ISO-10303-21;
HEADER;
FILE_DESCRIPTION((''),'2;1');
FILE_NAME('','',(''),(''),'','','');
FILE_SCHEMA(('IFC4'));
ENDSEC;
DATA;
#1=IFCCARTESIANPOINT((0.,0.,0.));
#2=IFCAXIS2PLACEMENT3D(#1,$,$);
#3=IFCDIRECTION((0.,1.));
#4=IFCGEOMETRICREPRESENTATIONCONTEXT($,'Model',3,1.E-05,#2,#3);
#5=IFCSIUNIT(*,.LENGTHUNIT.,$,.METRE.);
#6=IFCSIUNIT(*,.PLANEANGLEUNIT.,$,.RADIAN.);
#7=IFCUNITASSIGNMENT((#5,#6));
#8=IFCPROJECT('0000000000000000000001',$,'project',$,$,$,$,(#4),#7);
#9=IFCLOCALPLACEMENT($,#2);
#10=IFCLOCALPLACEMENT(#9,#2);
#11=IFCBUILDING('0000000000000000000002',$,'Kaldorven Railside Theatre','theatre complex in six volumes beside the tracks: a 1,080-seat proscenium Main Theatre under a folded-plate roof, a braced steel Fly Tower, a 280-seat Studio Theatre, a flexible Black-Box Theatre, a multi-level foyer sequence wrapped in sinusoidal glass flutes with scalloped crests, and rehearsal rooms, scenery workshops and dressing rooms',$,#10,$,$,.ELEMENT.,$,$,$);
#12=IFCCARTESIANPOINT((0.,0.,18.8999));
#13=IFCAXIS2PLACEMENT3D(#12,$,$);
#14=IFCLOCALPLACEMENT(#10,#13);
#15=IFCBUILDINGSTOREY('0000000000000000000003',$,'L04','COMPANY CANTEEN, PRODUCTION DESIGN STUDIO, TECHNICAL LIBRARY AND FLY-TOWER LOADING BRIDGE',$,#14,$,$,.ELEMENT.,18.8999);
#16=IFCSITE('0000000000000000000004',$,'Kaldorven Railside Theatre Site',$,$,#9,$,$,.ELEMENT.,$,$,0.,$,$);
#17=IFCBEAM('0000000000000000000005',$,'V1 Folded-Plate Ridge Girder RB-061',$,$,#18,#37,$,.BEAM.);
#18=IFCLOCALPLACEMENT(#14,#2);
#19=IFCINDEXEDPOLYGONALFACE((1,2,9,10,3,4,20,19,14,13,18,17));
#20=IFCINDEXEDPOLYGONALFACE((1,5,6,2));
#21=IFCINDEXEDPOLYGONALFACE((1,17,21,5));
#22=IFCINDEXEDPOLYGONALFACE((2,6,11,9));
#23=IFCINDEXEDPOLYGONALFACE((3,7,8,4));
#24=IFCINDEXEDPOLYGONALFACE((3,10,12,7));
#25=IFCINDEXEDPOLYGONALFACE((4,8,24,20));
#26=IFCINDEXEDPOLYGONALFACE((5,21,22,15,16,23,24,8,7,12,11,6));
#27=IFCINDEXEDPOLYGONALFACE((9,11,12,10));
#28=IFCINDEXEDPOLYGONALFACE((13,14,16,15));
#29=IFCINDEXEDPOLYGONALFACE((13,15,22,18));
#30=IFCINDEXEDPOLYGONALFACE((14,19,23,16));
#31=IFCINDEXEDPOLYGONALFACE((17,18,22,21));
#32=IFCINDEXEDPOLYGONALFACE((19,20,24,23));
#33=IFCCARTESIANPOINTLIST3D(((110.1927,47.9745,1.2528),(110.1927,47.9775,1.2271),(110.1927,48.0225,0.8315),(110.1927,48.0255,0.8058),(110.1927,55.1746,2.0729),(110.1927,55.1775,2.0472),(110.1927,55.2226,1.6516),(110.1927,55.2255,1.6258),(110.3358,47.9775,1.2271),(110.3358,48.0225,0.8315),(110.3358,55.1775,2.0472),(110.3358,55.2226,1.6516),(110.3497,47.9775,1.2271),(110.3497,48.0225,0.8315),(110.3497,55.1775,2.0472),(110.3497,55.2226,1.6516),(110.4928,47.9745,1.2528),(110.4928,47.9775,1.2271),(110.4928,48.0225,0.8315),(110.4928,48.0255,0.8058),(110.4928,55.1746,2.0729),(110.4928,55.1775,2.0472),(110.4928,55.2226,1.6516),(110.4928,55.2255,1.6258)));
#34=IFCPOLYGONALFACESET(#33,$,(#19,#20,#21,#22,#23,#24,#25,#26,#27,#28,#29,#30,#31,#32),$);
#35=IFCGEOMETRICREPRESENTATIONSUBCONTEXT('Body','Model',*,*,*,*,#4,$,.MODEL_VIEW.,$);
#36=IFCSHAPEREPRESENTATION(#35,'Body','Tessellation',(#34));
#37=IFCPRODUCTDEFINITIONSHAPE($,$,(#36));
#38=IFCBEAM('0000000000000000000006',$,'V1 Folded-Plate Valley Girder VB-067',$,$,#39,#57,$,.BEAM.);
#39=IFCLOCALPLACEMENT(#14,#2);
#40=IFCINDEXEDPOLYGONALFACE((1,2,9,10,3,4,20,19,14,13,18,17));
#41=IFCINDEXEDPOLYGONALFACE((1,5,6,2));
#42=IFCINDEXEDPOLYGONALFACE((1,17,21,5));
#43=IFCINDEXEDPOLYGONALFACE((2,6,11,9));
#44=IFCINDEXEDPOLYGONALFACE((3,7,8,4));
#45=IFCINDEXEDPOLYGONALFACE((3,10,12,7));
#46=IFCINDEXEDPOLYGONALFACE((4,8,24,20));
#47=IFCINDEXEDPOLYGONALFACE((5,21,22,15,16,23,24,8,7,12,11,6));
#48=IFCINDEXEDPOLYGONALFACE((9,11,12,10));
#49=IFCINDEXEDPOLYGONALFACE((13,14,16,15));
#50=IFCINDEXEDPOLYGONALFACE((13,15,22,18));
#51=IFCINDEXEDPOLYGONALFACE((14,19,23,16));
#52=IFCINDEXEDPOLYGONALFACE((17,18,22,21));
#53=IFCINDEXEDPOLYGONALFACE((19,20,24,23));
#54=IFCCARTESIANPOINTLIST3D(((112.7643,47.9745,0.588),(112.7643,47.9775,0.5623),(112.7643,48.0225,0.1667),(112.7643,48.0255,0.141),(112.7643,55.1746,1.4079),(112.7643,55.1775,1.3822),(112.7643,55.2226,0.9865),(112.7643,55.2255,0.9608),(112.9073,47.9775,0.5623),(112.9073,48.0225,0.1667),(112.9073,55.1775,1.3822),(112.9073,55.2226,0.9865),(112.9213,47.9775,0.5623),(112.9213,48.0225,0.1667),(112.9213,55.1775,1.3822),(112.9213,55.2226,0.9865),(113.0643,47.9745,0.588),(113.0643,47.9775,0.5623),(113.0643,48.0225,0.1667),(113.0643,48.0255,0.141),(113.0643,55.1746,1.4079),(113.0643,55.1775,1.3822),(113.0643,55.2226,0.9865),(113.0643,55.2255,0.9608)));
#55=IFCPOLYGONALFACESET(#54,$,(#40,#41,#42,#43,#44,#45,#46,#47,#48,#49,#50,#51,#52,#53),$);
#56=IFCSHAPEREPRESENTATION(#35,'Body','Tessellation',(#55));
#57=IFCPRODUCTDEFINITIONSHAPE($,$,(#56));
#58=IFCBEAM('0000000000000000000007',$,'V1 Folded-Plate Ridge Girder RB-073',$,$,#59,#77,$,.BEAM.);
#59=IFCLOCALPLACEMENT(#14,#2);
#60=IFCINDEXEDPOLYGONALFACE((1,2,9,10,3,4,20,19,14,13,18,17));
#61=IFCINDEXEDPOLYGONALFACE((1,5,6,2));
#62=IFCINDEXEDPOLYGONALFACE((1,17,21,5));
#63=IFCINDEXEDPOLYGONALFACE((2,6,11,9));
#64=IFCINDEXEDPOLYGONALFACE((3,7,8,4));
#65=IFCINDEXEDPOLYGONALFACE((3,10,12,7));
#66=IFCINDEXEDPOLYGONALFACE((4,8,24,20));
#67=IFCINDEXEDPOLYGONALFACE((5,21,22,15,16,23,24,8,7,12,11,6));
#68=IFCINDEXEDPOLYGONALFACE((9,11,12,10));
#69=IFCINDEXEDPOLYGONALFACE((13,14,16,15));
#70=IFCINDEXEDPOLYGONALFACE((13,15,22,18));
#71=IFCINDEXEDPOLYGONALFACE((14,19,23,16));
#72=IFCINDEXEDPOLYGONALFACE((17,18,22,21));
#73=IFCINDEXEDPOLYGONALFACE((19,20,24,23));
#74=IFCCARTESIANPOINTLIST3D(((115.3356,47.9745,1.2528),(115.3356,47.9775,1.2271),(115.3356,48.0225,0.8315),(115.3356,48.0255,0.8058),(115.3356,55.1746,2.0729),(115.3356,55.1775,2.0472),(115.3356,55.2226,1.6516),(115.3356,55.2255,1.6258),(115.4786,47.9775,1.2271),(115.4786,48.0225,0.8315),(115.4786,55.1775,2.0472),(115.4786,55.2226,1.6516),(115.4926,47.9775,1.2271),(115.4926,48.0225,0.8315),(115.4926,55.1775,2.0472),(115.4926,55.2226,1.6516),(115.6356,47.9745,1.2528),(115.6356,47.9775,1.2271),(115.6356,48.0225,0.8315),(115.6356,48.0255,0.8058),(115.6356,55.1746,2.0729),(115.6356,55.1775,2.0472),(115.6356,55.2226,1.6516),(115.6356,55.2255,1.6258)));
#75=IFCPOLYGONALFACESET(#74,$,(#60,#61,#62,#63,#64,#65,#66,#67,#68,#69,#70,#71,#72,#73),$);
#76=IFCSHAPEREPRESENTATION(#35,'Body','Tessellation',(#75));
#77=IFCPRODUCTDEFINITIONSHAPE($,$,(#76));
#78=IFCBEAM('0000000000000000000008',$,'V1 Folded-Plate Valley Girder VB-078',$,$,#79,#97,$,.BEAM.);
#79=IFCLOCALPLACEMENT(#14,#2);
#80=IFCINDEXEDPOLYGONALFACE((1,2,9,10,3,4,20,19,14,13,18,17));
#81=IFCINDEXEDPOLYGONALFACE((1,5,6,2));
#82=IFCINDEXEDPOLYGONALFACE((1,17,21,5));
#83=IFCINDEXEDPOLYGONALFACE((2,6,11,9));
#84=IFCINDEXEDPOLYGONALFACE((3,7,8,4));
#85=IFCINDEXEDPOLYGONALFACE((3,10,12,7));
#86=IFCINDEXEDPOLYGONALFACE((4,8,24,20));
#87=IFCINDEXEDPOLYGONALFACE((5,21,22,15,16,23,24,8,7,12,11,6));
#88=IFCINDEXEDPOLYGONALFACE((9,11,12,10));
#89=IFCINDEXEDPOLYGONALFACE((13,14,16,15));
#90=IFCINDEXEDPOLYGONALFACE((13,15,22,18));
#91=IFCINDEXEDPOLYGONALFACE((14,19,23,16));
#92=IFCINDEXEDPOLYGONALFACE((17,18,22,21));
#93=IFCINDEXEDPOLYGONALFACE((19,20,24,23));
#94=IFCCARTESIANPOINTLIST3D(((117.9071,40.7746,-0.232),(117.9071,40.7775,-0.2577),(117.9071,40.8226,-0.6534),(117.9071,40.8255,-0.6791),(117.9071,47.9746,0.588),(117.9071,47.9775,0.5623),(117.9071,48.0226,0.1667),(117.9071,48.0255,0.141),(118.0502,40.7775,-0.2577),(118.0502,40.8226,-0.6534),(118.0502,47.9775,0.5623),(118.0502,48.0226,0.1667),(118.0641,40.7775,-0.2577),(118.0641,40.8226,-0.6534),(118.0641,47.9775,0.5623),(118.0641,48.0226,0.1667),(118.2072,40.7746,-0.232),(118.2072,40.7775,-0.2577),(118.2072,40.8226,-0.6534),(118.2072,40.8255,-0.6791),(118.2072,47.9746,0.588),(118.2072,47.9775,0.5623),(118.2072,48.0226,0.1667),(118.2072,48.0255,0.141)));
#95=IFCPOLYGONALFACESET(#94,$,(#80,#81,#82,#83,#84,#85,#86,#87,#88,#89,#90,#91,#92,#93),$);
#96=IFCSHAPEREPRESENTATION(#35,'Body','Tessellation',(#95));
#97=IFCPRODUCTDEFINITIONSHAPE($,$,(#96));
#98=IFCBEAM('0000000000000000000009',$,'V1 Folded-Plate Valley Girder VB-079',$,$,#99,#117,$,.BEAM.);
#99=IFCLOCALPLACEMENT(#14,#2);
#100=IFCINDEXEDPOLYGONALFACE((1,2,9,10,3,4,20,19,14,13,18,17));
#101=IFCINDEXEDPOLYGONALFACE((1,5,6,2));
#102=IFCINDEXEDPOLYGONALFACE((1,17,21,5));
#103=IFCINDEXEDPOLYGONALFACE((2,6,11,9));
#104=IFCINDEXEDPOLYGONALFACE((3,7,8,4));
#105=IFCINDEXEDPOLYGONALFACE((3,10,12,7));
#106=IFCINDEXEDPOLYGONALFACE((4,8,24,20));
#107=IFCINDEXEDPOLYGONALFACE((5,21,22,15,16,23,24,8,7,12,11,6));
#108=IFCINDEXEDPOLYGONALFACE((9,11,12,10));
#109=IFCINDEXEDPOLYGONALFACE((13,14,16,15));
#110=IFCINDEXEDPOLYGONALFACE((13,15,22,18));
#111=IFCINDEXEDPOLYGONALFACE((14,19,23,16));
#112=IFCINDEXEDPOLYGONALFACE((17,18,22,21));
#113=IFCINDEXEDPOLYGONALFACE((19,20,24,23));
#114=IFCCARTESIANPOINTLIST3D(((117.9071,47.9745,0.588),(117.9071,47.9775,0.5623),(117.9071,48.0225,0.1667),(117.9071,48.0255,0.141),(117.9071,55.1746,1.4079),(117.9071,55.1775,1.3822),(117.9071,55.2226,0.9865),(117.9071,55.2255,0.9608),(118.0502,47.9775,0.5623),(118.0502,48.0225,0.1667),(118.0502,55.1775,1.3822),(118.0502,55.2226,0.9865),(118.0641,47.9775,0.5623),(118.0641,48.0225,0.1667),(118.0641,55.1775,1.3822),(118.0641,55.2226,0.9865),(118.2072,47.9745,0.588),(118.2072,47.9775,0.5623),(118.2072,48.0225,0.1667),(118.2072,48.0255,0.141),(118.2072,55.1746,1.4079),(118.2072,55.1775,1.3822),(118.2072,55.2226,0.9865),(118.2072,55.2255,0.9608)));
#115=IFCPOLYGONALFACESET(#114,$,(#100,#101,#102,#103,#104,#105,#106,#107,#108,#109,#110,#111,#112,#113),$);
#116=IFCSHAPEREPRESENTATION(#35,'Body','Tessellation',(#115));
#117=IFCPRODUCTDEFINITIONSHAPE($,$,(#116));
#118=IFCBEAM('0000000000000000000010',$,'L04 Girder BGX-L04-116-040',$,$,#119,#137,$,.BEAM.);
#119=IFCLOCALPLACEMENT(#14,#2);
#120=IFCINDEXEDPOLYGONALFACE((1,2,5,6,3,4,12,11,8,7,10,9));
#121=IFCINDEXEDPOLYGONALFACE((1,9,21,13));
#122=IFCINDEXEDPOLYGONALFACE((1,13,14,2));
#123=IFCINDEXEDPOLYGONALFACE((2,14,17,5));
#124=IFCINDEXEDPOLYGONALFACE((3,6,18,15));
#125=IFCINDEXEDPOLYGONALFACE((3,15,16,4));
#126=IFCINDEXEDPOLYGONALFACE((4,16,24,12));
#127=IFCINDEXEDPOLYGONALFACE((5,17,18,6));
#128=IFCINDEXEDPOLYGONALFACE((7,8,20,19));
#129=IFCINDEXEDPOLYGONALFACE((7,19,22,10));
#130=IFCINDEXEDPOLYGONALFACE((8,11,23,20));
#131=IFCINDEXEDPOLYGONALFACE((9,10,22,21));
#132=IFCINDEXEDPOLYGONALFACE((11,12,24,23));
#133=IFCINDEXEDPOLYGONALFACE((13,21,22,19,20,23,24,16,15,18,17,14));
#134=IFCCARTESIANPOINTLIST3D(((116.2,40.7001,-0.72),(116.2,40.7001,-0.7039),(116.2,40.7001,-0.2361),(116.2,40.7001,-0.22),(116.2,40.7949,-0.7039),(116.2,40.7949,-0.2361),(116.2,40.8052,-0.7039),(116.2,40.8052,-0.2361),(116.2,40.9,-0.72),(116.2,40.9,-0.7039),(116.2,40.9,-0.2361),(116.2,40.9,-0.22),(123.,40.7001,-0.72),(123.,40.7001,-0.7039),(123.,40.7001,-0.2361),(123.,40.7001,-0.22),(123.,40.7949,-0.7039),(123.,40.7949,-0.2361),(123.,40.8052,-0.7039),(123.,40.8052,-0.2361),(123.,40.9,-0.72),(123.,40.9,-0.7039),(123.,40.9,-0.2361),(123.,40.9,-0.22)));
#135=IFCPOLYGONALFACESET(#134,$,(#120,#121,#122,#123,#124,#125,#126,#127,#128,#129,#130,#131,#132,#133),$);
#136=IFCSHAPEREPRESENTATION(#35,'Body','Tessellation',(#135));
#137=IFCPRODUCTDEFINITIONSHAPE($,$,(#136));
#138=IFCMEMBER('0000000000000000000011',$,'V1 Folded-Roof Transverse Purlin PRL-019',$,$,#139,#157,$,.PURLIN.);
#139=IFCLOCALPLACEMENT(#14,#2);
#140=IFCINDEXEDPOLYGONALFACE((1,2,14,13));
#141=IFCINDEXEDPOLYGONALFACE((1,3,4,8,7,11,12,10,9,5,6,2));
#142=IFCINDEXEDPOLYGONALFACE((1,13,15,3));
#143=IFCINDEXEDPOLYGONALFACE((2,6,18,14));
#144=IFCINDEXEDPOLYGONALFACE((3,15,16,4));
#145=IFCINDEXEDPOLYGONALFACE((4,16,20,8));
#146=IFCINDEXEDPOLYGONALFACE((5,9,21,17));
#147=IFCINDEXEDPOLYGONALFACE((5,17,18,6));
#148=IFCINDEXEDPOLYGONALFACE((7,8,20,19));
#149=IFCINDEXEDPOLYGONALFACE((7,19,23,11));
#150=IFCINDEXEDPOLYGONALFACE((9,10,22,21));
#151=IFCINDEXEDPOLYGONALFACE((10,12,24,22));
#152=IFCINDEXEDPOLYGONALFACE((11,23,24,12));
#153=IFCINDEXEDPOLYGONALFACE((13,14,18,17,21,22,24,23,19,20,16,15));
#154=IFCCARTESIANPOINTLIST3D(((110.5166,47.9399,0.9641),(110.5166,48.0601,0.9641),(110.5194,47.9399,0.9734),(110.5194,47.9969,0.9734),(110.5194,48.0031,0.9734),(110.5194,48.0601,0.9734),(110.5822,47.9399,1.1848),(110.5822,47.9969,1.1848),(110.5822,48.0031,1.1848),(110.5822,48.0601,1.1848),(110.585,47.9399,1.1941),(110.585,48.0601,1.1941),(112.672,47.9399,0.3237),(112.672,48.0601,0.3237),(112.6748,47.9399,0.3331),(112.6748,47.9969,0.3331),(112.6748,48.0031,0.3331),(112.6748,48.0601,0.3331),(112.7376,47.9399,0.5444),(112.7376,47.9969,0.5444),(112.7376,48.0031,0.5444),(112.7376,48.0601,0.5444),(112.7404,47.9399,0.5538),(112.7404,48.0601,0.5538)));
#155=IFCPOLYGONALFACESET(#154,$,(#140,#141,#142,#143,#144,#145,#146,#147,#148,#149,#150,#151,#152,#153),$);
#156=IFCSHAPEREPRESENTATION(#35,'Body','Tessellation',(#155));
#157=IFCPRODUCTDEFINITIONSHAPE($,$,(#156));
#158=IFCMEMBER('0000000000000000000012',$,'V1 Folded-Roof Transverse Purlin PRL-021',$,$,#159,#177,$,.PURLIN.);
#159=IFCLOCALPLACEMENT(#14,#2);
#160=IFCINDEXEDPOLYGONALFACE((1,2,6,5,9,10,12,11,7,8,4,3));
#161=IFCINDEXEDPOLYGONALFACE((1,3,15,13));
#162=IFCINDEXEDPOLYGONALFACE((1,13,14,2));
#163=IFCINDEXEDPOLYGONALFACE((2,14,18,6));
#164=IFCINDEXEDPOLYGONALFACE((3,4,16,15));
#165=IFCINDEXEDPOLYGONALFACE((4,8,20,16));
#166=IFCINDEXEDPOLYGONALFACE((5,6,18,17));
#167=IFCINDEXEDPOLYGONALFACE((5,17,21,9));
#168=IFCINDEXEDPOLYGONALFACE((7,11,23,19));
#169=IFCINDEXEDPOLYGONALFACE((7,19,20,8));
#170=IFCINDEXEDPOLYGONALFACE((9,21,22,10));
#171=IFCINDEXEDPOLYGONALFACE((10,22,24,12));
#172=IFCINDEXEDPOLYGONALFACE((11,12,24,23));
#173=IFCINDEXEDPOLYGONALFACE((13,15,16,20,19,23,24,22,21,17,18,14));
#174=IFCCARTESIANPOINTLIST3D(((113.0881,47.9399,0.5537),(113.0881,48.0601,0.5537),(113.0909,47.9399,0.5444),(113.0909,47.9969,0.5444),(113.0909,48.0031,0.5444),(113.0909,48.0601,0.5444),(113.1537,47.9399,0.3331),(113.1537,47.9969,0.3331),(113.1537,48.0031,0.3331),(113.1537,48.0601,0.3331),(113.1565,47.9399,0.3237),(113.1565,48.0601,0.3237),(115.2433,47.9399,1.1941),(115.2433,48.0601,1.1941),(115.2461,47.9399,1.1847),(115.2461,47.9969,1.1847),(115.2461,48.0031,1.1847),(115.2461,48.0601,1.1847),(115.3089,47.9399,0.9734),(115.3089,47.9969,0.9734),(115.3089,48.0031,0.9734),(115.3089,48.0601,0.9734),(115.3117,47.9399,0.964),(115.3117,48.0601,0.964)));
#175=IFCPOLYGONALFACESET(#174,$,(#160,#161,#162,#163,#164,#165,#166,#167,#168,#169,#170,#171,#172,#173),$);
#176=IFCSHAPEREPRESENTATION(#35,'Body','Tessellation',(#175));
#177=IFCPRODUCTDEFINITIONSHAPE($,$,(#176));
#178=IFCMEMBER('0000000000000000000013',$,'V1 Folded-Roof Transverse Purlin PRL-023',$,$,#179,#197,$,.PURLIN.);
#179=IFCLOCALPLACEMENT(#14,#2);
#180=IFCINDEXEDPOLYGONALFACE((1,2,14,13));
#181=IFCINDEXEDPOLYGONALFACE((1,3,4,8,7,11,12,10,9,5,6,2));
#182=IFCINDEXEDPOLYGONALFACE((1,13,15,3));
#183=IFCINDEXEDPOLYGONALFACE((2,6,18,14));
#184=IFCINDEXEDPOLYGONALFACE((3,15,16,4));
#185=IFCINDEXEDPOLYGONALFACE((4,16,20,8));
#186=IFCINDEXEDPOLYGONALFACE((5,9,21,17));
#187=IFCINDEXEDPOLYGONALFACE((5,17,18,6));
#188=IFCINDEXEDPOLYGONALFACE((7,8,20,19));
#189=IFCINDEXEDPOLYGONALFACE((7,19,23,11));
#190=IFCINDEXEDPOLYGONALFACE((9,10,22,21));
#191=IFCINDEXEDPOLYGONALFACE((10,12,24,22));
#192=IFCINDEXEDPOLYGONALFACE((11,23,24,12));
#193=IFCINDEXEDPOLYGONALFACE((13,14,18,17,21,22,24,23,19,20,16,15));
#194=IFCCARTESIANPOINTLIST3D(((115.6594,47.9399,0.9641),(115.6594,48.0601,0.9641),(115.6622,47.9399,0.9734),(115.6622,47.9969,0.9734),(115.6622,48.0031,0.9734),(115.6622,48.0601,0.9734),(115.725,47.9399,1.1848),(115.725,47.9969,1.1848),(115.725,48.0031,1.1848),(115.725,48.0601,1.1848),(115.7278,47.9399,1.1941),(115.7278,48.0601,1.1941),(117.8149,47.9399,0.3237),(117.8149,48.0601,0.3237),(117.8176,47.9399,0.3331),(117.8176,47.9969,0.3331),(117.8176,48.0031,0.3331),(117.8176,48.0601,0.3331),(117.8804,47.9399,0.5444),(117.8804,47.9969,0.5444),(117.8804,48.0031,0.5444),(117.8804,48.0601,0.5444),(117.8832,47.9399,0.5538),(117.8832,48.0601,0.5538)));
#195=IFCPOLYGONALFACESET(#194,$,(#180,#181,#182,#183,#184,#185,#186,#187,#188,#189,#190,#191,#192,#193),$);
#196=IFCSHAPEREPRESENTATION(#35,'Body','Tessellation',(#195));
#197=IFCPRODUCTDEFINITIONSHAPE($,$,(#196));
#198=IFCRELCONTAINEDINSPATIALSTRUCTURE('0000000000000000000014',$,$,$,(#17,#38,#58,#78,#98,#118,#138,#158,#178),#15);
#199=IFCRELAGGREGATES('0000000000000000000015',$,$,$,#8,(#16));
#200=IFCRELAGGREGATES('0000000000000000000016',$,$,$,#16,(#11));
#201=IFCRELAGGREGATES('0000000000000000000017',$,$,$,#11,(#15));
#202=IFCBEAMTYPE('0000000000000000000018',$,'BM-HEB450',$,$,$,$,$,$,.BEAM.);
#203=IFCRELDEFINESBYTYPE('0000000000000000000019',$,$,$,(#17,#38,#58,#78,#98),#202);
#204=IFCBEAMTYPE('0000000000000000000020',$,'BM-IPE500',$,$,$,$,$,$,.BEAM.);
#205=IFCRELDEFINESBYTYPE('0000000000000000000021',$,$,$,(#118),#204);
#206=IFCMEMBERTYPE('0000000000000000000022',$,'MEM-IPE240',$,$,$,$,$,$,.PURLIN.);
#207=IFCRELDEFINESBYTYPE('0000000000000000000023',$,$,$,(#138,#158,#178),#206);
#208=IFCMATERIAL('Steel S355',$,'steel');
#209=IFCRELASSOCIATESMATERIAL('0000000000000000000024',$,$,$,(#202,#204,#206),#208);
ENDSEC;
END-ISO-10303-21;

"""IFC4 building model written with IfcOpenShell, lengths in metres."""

from ifc_helpers import new_model, si_unit, direction, frame, origin, origin_2d, place, context, subcontext, project, spatial, i_section, extrude, material, material_profile, profile_set, type_object, element, save


model = new_model("IFC4")

# Units and contexts
model_context = context("Model", 3, precision=1e-05, world=origin(), true_north=direction((0.0, 1.0)))
body_context = subcontext(model_context, "Body", "Model", "MODEL_VIEW")
ifc_project = project(units=[si_unit("LENGTHUNIT", "METRE"), si_unit("PLANEANGLEUNIT", "RADIAN")], contexts=[model_context])

# Site, building, storey
site_placement = place(None, origin())
site = spatial("IfcSite", under=ifc_project, at=site_placement, Name="Kaldorven Railside Theatre Site", CompositionType="ELEMENT", RefElevation=0.0)
building_placement = place(site_placement, origin())
building = spatial("IfcBuilding", under=site, at=building_placement, Name="Kaldorven Railside Theatre", Description="theatre complex in six volumes beside the tracks: a 1,080-seat proscenium Main Theatre under a folded-plate roof, a braced steel Fly Tower, a 280-seat Studio Theatre, a flexible Black-Box Theatre, a multi-level foyer sequence wrapped in sinusoidal glass flutes with scalloped crests, and rehearsal rooms, scenery workshops and dressing rooms", CompositionType="ELEMENT")
storey_placement = place(building_placement, frame((0.0, 0.0, 18.8999)))
storey = spatial("IfcBuildingStorey", under=building, at=storey_placement, Name="L04", Description="COMPANY CANTEEN, PRODUCTION DESIGN STUDIO, TECHNICAL LIBRARY AND FLY-TOWER LOADING BRIDGE", CompositionType="ELEMENT", Elevation=18.8999)

# Beams
ifc_material_1 = material(Name="Steel S355", Category="steel")
ifc_material_profile_1 = material_profile(ifc_material_1, i_section(OverallWidth=0.3, OverallDepth=0.45, WebThickness=0.0139, FlangeThickness=0.0259, at=origin_2d()), Name="HEB 450")
ifc_profile_set_1 = profile_set([ifc_material_profile_1], Name="Steel S355")
beam_type_1 = type_object("IfcBeamType", Name="BM-HEB450", PredefinedType="BEAM", material=ifc_profile_set_1)
for number, where, z_axis, x_axis, name in (
    (1, (110.3428, 48.0, 1.0293), (0.0, 0.993576, 0.113167), (-1.0, 0.0, 0.0), "V1 Folded-Plate Ridge Girder RB-061"),
    (2, (112.9143, 48.0, 0.3645), (0.0, 0.99358, 0.113134), (-1.0, 0.0, 0.0), "V1 Folded-Plate Valley Girder VB-067"),
    (3, (115.4856, 48.0, 1.0293), (0.0, 0.993576, 0.113167), (-1.0, 0.0, 0.0), "V1 Folded-Plate Ridge Girder RB-073"),
    (4, (118.0571, 40.8, -0.4556), (0.0, 0.993576, 0.113167), (-1.0, 0.0, 0.0), "V1 Folded-Plate Valley Girder VB-078"),
    (5, (118.0571, 48.0, 0.3645), (0.0, 0.99358, 0.113134), (-1.0, 0.0, 0.0), "V1 Folded-Plate Valley Girder VB-079"),
):
    element("IfcBeam", number, at=place(storey_placement, frame(where, z_axis=z_axis, x_axis=x_axis)), inside=storey, type_object=beam_type_1, Name=name, PredefinedType="BEAM", context=body_context, shape_type="SweptSolid", body=[
        extrude(i_section(OverallWidth=0.3, OverallDepth=0.45, WebThickness=0.0139, FlangeThickness=0.0259, at=origin_2d()), origin(), (0.0, 0.0, 1.0), 7.2466),
    ])
ifc_material_profile_2 = material_profile(ifc_material_1, i_section(OverallWidth=0.2, OverallDepth=0.5, WebThickness=0.0103, FlangeThickness=0.0161, at=origin_2d()), Name="IPE 500")
ifc_profile_set_2 = profile_set([ifc_material_profile_2], Name="Steel S355")
beam_type_2 = type_object("IfcBeamType", Name="BM-IPE500", PredefinedType="BEAM", material=ifc_profile_set_2)
beam_placement = place(storey_placement, frame((116.2, 40.8, -0.47), z_axis=(1.0, 0.0, 0.0), x_axis=(0.0, 1.0, 0.0)))
element("IfcBeam", 6, at=beam_placement, inside=storey, type_object=beam_type_2, Name="L04 Girder BGX-L04-116-040", PredefinedType="BEAM", context=body_context, shape_type="SweptSolid", body=[
    extrude(i_section(OverallWidth=0.2, OverallDepth=0.5, WebThickness=0.0103, FlangeThickness=0.0161, at=origin_2d()), origin(), (0.0, 0.0, 1.0), 6.8),
])

# Members
ifc_material_profile_3 = material_profile(ifc_material_1, i_section(OverallWidth=0.1201, OverallDepth=0.24, WebThickness=0.0061, FlangeThickness=0.0098, at=origin_2d()), Name="IPE 240")
ifc_profile_set_3 = profile_set([ifc_material_profile_3], Name="Steel S355")
member_type_1 = type_object("IfcMemberType", Name="MEM-IPE240", PredefinedType="PURLIN", material=ifc_profile_set_3)
member_1_placement = place(storey_placement, frame((110.5508, 48.0, 1.0791), z_axis=(0.958591, 0.0, -0.284787), x_axis=(0.0, 1.0, 0.0)))
element("IfcMember", 7, at=member_1_placement, inside=storey, type_object=member_type_1, Name="V1 Folded-Roof Transverse Purlin PRL-019", PredefinedType="PURLIN", context=body_context, shape_type="SweptSolid", body=[
    extrude(i_section(OverallWidth=0.1201, OverallDepth=0.24, WebThickness=0.0061, FlangeThickness=0.0098, at=origin_2d()), origin(), (0.0, 0.0, 1.0), 2.2485),
])
member_2_placement = place(storey_placement, frame((113.1223, 48.0, 0.4387), z_axis=(0.958582, 0.0, 0.284817), x_axis=(0.0, 1.0, 0.0)))
element("IfcMember", 8, at=member_2_placement, inside=storey, type_object=member_type_1, Name="V1 Folded-Roof Transverse Purlin PRL-021", PredefinedType="PURLIN", context=body_context, shape_type="SweptSolid", body=[
    extrude(i_section(OverallWidth=0.1201, OverallDepth=0.24, WebThickness=0.0061, FlangeThickness=0.0098, at=origin_2d()), origin(), (0.0, 0.0, 1.0), 2.2483),
])
member_3_placement = place(storey_placement, frame((115.6936, 48.0, 1.0791), z_axis=(0.958591, 0.0, -0.284787), x_axis=(0.0, 1.0, 0.0)))
element("IfcMember", 9, at=member_3_placement, inside=storey, type_object=member_type_1, Name="V1 Folded-Roof Transverse Purlin PRL-023", PredefinedType="PURLIN", context=body_context, shape_type="SweptSolid", body=[
    extrude(i_section(OverallWidth=0.1201, OverallDepth=0.24, WebThickness=0.0061, FlangeThickness=0.0098, at=origin_2d()), origin(), (0.0, 0.0, 1.0), 2.2485),
])

save(model, "model.ifc")
